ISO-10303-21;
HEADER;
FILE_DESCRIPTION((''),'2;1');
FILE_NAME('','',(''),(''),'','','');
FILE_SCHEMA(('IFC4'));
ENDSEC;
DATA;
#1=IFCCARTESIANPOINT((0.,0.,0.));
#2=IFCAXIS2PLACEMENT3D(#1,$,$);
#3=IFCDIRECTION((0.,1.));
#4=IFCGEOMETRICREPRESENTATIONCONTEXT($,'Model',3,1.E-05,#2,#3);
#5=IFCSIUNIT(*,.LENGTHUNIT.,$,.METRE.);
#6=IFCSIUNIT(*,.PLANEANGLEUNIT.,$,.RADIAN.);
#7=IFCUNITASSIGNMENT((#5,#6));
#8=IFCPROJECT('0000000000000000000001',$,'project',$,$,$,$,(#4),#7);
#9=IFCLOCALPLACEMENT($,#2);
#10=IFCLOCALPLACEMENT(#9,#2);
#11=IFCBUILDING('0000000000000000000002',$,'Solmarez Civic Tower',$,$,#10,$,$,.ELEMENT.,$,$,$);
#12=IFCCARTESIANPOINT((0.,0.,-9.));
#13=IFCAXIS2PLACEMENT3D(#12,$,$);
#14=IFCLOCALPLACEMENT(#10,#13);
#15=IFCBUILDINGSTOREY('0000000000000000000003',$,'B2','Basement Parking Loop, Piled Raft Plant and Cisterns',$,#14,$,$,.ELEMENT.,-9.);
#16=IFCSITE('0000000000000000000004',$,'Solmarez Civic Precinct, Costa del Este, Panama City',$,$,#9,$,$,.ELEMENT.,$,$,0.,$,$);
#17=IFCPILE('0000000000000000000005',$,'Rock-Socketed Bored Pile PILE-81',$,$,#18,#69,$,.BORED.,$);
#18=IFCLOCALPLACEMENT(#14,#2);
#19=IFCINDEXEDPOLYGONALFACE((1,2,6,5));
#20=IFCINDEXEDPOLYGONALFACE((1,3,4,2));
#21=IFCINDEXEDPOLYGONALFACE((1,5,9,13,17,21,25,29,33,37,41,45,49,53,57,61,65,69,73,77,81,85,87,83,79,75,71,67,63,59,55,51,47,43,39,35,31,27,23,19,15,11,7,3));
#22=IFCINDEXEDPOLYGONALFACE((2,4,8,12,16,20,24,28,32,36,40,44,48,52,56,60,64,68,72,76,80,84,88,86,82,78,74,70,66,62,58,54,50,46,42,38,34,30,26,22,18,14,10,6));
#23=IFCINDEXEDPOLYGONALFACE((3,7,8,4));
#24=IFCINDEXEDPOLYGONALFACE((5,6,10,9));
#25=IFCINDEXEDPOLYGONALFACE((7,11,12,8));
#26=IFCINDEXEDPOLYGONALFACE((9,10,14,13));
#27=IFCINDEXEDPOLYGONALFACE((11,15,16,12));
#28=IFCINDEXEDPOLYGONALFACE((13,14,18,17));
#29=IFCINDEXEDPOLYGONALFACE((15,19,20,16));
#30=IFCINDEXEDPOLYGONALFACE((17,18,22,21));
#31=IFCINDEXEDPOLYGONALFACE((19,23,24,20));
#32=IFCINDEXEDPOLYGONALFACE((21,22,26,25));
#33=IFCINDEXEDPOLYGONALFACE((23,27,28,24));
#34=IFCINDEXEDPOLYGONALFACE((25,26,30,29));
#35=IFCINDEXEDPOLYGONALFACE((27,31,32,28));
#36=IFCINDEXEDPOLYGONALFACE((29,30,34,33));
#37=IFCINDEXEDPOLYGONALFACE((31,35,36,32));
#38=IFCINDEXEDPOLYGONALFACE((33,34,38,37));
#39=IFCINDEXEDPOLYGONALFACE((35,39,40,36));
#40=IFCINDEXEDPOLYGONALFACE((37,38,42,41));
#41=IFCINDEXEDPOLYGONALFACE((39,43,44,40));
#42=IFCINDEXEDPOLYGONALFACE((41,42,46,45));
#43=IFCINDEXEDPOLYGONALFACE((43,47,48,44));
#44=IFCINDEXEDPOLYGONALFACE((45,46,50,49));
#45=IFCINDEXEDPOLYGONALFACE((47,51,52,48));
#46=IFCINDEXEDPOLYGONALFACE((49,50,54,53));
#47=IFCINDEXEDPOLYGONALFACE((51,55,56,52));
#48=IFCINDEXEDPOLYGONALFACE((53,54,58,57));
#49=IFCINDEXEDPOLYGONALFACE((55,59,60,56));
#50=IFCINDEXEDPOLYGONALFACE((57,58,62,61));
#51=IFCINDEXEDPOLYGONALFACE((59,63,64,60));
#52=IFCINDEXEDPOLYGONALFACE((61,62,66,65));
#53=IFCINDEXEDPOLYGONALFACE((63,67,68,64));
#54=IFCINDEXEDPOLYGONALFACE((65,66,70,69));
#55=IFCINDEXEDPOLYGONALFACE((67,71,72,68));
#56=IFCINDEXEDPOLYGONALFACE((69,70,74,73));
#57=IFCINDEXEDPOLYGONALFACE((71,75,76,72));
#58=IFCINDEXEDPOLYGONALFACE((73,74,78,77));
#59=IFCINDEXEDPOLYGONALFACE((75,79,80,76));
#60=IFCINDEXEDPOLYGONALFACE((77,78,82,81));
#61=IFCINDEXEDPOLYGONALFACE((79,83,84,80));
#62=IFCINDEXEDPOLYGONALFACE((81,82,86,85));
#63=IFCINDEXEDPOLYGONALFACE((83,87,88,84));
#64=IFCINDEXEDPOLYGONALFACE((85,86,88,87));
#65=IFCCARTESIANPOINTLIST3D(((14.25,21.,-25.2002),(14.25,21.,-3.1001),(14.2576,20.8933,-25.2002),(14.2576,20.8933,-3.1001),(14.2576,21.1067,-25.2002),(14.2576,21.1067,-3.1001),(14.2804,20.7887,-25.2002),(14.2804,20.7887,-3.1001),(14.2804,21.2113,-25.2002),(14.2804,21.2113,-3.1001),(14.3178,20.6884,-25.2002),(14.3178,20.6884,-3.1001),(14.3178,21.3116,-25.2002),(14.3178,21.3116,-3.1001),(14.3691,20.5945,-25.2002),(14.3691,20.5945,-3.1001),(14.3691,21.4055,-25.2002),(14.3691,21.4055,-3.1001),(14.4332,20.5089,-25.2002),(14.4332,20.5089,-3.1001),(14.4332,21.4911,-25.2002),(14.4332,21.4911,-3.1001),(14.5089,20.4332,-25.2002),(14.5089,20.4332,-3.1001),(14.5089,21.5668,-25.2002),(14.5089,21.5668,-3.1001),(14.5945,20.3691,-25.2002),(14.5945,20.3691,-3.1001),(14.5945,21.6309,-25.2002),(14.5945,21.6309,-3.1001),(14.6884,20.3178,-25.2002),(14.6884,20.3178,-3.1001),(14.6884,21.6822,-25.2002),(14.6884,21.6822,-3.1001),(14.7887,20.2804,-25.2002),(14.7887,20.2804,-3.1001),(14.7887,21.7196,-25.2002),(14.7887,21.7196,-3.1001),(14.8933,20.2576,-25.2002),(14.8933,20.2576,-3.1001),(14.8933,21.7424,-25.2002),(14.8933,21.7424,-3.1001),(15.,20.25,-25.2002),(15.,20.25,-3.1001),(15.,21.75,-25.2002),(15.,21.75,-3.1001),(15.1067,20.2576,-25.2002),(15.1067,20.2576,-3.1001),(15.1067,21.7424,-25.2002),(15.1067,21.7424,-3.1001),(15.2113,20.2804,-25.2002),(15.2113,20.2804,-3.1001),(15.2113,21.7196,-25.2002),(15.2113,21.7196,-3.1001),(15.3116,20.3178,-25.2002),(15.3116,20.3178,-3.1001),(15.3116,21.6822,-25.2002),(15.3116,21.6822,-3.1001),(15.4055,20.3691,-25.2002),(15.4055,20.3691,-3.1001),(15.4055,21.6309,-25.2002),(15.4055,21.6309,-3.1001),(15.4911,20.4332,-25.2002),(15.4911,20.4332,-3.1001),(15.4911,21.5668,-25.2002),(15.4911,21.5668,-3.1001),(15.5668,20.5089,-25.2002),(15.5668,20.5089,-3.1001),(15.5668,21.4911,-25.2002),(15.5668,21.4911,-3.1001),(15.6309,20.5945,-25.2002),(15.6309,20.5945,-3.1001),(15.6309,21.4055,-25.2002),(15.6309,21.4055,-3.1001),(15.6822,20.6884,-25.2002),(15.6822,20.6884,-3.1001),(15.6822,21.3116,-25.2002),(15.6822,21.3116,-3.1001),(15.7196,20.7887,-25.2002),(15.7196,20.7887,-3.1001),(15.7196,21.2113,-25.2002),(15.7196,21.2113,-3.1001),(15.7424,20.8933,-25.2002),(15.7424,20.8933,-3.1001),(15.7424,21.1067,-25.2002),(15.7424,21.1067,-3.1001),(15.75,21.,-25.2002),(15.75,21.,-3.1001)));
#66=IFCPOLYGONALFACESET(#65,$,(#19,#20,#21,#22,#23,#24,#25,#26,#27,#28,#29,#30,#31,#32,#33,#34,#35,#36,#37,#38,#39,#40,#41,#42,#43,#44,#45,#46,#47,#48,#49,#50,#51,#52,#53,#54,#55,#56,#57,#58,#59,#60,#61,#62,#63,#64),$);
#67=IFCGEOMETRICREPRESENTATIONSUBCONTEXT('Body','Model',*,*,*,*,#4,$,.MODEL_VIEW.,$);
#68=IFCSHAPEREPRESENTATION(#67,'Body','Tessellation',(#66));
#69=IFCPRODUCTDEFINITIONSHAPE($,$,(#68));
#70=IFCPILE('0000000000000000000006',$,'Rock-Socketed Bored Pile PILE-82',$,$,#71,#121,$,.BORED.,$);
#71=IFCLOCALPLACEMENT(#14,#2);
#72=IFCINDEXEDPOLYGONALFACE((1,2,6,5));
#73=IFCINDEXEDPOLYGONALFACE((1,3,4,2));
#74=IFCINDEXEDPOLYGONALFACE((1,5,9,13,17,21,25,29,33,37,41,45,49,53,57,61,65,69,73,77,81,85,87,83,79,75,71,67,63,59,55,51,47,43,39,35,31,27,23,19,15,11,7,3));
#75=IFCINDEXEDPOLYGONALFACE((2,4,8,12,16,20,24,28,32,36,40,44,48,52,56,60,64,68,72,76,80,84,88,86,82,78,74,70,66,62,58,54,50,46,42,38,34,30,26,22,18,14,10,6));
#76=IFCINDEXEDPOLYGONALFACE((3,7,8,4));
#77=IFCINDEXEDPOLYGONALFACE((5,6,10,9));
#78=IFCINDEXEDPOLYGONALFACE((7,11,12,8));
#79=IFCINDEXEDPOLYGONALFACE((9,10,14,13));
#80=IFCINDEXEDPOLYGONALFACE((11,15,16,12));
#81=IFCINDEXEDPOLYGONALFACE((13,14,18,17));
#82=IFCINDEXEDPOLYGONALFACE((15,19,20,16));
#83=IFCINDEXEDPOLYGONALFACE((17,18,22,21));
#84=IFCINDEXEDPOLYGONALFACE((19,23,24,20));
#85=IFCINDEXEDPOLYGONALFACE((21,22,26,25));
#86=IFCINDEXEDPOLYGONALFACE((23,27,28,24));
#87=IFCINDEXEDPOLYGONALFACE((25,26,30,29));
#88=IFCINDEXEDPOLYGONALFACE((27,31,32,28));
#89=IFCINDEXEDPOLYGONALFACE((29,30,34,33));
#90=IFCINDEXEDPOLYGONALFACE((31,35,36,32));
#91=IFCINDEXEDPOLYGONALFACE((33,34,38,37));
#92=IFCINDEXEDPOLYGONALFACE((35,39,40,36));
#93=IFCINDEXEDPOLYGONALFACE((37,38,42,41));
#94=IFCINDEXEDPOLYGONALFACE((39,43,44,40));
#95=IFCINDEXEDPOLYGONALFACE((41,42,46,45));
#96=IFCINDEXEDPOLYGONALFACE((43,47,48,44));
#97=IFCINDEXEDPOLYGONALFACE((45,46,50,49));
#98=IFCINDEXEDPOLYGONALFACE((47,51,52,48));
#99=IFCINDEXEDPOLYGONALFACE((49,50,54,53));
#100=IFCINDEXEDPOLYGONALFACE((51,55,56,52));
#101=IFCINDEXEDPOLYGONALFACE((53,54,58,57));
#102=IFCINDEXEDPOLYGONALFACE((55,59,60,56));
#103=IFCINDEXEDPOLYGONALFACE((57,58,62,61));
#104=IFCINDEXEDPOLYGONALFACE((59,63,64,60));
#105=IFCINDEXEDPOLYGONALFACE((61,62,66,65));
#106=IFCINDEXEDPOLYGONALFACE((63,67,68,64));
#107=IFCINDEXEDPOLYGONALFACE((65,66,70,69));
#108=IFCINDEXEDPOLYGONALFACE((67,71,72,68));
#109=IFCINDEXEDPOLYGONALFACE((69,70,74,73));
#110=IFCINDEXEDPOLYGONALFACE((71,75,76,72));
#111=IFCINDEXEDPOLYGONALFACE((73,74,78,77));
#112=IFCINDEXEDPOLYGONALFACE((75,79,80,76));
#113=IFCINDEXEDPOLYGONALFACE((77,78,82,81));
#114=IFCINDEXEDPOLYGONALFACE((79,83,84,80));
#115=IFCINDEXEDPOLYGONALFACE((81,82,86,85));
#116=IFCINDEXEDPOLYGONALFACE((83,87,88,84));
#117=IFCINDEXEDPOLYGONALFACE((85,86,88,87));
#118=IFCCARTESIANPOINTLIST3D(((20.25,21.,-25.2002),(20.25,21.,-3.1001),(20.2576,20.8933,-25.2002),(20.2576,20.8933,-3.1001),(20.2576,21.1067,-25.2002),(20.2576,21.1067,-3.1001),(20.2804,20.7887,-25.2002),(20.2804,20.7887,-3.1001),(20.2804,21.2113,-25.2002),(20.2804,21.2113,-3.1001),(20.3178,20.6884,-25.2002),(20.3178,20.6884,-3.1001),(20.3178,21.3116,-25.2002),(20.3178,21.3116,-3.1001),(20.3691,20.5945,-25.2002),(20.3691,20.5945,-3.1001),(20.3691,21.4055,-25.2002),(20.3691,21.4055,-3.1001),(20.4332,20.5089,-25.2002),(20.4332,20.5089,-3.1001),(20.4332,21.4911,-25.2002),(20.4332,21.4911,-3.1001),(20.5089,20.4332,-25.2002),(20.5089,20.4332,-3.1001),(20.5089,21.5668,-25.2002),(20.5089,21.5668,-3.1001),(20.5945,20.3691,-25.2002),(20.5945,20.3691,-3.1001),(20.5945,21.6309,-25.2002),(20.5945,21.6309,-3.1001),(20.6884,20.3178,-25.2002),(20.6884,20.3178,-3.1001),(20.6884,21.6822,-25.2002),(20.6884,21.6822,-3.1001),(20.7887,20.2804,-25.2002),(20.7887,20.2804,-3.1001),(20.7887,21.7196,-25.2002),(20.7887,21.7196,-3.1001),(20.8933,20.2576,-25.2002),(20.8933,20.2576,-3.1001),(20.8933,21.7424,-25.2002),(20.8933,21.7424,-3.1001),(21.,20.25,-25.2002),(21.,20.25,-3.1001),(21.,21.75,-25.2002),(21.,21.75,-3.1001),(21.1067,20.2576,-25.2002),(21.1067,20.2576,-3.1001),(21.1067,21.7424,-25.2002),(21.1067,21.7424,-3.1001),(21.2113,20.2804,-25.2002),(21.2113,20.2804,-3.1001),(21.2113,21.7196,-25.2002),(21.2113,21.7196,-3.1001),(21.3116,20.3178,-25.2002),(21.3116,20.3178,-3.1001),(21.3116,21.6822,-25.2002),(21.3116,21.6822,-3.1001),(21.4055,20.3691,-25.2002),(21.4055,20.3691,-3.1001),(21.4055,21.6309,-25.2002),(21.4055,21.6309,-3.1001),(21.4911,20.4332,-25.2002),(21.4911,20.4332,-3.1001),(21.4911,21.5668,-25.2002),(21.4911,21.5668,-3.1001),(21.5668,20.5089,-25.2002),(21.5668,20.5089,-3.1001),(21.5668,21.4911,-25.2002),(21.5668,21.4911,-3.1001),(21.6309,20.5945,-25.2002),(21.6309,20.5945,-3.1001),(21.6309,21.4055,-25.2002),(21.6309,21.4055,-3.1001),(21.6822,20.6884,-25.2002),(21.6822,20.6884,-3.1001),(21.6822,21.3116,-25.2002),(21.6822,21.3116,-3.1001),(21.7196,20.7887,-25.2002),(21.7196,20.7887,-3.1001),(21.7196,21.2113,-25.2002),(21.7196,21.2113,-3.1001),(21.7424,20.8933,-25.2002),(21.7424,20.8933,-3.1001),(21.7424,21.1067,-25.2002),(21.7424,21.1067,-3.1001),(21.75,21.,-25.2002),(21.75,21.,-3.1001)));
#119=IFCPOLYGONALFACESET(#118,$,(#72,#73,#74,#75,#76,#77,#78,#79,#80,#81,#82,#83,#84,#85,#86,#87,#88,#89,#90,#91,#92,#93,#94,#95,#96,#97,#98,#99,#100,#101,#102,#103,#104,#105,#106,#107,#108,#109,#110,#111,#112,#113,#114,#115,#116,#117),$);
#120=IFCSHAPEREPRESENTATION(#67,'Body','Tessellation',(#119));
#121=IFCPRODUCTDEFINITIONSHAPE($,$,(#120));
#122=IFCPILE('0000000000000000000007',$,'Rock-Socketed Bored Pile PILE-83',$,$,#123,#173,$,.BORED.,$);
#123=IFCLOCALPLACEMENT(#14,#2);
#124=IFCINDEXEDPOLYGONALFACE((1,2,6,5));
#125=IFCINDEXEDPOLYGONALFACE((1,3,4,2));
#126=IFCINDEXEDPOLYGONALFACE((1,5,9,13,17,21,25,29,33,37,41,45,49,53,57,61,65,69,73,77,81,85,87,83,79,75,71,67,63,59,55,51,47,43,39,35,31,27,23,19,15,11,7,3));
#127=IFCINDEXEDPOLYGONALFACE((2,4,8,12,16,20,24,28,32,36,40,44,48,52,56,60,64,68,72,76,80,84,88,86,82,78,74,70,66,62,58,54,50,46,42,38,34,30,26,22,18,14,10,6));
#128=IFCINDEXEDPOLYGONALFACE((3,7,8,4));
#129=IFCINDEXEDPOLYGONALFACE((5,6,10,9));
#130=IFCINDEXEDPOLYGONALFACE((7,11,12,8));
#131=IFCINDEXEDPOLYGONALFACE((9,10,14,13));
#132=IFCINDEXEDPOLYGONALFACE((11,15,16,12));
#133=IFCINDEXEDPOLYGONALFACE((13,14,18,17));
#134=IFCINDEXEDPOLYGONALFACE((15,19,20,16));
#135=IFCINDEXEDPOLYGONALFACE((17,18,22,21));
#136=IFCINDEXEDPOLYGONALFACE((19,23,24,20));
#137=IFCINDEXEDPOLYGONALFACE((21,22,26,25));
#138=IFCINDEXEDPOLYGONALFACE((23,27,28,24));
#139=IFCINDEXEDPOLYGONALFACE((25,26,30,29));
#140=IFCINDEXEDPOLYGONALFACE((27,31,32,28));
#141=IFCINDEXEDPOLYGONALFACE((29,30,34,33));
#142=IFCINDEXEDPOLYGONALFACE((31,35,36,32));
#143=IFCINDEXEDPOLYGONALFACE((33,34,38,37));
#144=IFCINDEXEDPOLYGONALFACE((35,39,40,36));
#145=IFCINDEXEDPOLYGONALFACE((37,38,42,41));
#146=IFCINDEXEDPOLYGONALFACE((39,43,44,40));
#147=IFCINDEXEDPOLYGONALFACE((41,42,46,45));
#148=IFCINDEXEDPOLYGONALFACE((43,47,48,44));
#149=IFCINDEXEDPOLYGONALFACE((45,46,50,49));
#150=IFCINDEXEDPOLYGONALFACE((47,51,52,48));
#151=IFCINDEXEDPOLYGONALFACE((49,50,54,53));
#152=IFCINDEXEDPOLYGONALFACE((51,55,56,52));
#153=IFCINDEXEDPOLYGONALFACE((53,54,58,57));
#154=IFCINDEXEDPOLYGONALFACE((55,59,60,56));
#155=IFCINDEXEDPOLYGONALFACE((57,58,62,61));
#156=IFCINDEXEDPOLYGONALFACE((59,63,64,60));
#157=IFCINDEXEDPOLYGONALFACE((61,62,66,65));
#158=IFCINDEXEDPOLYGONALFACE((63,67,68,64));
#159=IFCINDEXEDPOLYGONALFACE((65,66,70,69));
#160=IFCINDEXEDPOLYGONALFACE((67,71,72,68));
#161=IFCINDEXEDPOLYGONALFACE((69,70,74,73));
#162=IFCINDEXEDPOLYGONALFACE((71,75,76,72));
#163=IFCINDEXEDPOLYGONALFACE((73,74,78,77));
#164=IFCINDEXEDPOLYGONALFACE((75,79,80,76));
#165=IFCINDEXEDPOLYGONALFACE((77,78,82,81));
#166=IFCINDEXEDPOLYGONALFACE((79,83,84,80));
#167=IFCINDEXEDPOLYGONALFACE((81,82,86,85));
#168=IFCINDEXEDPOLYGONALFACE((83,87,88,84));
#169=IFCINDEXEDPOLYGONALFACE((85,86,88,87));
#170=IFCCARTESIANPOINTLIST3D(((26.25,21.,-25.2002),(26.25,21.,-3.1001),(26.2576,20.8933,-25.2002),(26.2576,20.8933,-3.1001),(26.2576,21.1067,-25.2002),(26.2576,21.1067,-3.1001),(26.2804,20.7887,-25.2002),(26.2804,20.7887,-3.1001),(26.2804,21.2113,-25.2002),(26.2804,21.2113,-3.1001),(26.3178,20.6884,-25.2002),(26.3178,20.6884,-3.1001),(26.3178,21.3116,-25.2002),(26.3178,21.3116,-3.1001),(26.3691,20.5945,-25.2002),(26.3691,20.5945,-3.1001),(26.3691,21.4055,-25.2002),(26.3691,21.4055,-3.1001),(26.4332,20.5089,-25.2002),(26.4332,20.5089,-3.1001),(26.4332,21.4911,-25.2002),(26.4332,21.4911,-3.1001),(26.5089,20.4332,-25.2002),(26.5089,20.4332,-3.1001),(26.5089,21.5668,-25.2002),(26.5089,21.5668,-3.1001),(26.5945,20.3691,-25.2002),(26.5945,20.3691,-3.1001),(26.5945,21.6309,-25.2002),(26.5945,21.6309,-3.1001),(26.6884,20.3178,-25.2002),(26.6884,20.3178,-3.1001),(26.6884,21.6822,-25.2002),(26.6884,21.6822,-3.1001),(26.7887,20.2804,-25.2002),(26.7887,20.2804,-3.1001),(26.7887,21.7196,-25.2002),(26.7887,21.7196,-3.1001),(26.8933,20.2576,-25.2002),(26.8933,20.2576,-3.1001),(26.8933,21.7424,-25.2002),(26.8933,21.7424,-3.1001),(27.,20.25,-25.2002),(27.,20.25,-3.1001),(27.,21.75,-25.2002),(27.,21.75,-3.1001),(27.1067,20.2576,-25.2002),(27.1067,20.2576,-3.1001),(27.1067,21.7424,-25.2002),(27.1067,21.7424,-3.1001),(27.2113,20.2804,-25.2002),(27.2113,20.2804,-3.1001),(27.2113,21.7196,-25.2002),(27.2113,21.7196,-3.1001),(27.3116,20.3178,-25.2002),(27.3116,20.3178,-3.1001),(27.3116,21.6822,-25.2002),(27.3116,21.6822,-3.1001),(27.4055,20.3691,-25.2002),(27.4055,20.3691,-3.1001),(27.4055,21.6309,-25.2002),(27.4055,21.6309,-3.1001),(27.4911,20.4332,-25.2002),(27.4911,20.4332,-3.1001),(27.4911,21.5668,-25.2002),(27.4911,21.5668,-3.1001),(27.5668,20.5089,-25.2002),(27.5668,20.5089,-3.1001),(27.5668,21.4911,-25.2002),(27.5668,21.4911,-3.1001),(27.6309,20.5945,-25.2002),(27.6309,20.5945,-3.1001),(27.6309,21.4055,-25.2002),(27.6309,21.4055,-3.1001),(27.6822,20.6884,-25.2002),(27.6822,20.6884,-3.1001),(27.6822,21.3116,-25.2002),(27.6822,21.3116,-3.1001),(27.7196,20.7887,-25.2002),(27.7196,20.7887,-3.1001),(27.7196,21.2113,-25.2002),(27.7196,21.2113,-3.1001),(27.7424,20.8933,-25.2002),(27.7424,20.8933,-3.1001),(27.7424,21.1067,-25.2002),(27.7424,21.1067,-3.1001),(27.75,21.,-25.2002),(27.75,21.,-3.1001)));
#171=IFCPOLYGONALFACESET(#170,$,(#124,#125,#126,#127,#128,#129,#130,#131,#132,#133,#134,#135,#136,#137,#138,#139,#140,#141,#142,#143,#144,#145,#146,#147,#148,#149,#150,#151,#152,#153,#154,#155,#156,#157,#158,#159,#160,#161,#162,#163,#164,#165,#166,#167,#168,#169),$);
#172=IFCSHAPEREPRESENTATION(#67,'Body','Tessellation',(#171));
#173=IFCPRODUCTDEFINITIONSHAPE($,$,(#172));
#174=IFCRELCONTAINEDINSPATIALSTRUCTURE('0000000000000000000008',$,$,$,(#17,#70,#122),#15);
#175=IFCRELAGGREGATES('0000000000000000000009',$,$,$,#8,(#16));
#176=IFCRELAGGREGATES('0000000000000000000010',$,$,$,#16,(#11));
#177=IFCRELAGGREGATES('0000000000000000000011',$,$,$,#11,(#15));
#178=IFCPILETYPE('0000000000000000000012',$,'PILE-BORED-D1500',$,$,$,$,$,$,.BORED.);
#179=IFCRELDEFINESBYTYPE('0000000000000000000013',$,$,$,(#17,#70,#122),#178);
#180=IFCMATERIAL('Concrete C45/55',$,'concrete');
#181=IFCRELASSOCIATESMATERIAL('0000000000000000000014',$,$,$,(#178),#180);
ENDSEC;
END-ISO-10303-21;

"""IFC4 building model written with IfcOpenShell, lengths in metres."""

from ifc_helpers import new_model, si_unit, direction, frame, origin, origin_2d, place, context, subcontext, project, spatial, circle, extrude, material, material_profile, profile_set, type_object, element, save


model = new_model("IFC4")

# Units and contexts
model_context = context("Model", 3, precision=1e-05, world=origin(), true_north=direction((0.0, 1.0)))
body_context = subcontext(model_context, "Body", "Model", "MODEL_VIEW")
ifc_project = project(units=[si_unit("LENGTHUNIT", "METRE"), si_unit("PLANEANGLEUNIT", "RADIAN")], contexts=[model_context])

# Site, building, storey
site_placement = place(None, origin())
site = spatial("IfcSite", under=ifc_project, at=site_placement, Name="Solmarez Civic Precinct, Costa del Este, Panama City", CompositionType="ELEMENT", RefElevation=0.0)
building_placement = place(site_placement, origin())
building = spatial("IfcBuilding", under=site, at=building_placement, Name="Solmarez Civic Tower", CompositionType="ELEMENT")
storey_placement = place(building_placement, frame((0.0, 0.0, -9.0)))
storey = spatial("IfcBuildingStorey", under=building, at=storey_placement, Name="B2", Description="Basement Parking Loop, Piled Raft Plant and Cisterns", CompositionType="ELEMENT", Elevation=-9.0)

# Piles
ifc_material_1 = material(Name="Concrete C45/55", Category="concrete")
ifc_material_profile_1 = material_profile(ifc_material_1, circle(Radius=0.75, at=origin_2d()), Name="PILE-D1500")
ifc_profile_set_1 = profile_set([ifc_material_profile_1], Name="Concrete C45/55")
pile_type = type_object("IfcPileType", Name="PILE-BORED-D1500", PredefinedType="BORED", material=ifc_profile_set_1)
for number, where, z_axis, x_axis, name in (
    (1, (15.0, 21.0, -3.1001), (0.0, 0.0, -1.0), (1.0, 0.0, 0.0), "Rock-Socketed Bored Pile PILE-81"),
    (2, (21.0, 21.0, -3.1001), (0.0, 0.0, -1.0), (1.0, 0.0, 0.0), "Rock-Socketed Bored Pile PILE-82"),
    (3, (27.0, 21.0, -3.1001), (0.0, 0.0, -1.0), (1.0, 0.0, 0.0), "Rock-Socketed Bored Pile PILE-83"),
):
    element("IfcPile", number, at=place(storey_placement, frame(where, z_axis=z_axis, x_axis=x_axis)), inside=storey, type_object=pile_type, Name=name, PredefinedType="BORED", context=body_context, shape_type="SweptSolid", body=[
        extrude(circle(Radius=0.75, at=origin_2d()), origin(), (0.0, 0.0, 1.0), 22.1001),
    ])

save(model, "model.ifc")
